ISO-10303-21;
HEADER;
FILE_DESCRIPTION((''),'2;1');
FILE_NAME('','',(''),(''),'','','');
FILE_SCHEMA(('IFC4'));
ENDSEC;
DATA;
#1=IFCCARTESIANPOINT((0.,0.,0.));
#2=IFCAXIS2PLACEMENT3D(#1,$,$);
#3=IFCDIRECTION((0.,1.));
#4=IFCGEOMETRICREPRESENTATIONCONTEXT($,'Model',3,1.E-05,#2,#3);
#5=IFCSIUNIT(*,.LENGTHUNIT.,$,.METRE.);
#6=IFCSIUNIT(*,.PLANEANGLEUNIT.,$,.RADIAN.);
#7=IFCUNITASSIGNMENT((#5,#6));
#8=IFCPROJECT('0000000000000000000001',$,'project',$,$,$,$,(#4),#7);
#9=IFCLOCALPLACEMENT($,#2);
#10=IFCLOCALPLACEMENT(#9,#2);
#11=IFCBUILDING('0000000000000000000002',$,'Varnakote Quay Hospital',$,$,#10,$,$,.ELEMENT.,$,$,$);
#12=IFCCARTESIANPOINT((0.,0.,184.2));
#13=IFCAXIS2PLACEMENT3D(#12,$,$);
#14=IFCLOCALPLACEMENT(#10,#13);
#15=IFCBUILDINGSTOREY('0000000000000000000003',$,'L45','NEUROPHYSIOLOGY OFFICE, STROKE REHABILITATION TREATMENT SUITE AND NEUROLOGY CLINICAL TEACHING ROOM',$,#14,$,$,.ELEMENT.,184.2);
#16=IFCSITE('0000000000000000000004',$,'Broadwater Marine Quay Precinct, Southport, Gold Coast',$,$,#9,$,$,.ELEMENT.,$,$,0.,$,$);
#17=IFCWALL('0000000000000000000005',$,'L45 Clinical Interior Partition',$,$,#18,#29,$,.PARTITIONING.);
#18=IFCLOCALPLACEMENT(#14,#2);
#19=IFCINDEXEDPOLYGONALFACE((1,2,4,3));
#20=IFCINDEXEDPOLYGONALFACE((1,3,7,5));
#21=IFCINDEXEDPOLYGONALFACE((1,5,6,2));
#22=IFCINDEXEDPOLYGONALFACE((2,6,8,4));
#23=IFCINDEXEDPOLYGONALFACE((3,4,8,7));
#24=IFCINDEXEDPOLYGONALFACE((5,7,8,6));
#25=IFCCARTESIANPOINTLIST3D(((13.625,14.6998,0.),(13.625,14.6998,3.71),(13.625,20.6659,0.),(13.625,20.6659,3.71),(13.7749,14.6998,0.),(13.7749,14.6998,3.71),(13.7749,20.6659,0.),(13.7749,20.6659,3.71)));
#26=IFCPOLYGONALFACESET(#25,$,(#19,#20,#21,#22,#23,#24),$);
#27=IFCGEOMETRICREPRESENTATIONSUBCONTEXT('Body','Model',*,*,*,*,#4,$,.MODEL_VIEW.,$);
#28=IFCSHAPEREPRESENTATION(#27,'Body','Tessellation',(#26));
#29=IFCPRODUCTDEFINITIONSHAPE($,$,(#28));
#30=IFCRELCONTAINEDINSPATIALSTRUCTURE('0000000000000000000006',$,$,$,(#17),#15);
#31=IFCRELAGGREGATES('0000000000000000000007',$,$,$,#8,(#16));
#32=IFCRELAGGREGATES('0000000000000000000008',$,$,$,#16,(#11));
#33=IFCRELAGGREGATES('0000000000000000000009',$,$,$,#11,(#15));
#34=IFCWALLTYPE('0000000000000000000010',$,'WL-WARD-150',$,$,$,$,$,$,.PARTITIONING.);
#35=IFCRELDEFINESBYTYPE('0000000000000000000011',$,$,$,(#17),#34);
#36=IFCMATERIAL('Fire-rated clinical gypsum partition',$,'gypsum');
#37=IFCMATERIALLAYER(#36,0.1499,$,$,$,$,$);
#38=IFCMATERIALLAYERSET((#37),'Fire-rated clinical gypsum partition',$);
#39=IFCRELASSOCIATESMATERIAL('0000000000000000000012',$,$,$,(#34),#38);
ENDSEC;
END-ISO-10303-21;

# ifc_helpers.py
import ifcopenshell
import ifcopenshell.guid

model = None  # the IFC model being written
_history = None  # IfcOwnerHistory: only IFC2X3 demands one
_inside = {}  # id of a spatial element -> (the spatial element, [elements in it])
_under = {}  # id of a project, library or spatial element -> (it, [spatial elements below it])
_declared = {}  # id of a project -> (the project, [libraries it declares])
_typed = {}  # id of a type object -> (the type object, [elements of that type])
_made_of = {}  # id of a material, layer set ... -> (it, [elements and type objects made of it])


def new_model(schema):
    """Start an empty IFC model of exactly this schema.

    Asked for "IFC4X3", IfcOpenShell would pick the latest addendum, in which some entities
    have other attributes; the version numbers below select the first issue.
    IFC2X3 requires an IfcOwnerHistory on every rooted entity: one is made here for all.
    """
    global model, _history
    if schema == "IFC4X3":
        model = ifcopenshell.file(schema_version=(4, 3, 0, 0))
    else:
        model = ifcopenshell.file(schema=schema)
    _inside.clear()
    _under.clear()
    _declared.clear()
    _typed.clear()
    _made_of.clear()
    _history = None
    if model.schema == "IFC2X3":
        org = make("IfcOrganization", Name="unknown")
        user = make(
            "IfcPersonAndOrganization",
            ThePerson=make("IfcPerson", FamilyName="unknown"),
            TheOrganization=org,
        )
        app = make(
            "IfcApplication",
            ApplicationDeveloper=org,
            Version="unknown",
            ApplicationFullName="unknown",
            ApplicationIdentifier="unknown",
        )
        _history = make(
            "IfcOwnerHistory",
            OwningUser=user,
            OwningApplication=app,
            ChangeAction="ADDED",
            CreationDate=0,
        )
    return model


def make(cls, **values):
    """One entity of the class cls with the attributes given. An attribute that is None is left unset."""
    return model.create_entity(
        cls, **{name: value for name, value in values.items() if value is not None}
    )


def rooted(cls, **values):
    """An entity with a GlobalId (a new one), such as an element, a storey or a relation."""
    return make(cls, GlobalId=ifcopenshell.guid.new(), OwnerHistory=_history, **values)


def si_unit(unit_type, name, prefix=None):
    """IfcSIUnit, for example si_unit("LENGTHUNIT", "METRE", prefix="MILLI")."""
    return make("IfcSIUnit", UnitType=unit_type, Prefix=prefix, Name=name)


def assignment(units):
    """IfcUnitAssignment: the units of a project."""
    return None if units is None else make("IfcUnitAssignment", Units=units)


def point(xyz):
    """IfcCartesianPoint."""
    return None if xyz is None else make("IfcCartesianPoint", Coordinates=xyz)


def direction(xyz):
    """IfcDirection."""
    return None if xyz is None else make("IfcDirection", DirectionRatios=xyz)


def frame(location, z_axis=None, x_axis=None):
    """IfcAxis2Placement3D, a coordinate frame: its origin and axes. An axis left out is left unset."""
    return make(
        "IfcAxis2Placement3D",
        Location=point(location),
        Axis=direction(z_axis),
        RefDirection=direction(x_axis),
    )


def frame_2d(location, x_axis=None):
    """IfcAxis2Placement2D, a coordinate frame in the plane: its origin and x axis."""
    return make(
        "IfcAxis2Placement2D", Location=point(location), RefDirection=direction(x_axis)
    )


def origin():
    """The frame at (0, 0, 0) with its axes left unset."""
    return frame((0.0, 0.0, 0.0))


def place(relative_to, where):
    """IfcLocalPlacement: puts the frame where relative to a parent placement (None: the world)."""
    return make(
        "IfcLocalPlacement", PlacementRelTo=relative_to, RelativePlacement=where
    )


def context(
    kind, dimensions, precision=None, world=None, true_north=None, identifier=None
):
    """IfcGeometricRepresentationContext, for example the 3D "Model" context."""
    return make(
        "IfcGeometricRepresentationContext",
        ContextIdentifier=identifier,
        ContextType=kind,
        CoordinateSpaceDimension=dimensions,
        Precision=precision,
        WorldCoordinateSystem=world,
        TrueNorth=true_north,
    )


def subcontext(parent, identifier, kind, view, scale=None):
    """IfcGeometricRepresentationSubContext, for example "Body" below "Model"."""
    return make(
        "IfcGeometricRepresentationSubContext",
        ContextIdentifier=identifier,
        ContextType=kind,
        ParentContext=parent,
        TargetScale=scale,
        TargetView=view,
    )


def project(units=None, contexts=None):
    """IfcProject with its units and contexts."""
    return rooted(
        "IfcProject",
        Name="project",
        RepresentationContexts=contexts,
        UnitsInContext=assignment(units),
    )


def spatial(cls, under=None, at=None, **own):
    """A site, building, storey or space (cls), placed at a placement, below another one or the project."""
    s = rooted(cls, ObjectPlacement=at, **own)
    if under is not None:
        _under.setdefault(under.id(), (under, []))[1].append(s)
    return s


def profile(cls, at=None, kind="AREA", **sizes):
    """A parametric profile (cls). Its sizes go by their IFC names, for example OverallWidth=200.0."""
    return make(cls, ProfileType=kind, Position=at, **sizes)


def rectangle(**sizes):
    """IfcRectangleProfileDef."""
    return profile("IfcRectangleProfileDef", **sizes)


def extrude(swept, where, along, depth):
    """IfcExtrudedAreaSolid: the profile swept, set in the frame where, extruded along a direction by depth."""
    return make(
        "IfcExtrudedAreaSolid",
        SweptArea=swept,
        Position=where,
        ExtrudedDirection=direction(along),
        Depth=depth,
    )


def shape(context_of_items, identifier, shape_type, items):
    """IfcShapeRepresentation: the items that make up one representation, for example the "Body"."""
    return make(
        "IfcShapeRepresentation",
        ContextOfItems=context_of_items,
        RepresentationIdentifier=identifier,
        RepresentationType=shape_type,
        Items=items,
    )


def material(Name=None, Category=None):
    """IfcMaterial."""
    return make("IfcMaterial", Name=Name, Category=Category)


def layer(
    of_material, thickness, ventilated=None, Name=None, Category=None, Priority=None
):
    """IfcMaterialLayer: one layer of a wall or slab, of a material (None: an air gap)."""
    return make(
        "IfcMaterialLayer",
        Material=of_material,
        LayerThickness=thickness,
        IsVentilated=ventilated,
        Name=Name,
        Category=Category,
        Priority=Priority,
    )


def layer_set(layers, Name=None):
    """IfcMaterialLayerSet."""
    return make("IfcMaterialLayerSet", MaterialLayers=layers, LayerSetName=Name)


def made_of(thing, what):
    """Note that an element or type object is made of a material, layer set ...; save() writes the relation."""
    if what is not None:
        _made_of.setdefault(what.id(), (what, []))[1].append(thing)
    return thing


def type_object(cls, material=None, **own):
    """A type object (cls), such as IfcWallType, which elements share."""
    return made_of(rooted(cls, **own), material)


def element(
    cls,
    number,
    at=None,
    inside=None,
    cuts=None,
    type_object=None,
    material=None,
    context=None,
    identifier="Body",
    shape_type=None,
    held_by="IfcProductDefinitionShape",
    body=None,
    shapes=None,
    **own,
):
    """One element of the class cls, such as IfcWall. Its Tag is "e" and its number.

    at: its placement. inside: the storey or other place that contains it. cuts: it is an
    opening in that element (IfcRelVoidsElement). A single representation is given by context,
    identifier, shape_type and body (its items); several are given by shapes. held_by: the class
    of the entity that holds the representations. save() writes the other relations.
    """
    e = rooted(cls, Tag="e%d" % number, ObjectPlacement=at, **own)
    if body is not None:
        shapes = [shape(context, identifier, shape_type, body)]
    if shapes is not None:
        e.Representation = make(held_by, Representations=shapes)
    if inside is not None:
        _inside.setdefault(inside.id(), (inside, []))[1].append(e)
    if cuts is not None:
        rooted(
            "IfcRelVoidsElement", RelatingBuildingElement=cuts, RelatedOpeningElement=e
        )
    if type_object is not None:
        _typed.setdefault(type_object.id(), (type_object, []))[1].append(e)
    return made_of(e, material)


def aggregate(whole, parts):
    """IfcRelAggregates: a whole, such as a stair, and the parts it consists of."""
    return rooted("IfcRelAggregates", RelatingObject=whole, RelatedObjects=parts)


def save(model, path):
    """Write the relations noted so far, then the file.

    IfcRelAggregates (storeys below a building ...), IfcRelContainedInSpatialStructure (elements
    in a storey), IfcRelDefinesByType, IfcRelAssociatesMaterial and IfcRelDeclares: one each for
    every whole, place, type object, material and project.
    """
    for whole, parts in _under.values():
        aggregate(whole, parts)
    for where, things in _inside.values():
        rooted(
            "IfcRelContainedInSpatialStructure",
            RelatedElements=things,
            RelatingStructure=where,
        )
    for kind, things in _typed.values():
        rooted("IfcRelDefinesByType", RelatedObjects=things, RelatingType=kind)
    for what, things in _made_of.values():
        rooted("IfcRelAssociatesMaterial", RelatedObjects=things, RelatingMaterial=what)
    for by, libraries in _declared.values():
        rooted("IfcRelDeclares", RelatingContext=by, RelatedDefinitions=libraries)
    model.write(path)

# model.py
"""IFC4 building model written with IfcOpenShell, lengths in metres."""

from ifc_helpers import new_model, si_unit, direction, frame, frame_2d, origin, place, context, subcontext, project, spatial, rectangle, extrude, material, layer, layer_set, type_object, element, save


model = new_model("IFC4")

# Units and contexts
model_context = context("Model", 3, precision=1e-05, world=origin(), true_north=direction((0.0, 1.0)))
body_context = subcontext(model_context, "Body", "Model", "MODEL_VIEW")
ifc_project = project(units=[si_unit("LENGTHUNIT", "METRE"), si_unit("PLANEANGLEUNIT", "RADIAN")], contexts=[model_context])

# Site, building, storey
site_placement = place(None, origin())
site = spatial("IfcSite", under=ifc_project, at=site_placement, Name="Broadwater Marine Quay Precinct, Southport, Gold Coast", CompositionType="ELEMENT", RefElevation=0.0)
building_placement = place(site_placement, origin())
building = spatial("IfcBuilding", under=site, at=building_placement, Name="Varnakote Quay Hospital", CompositionType="ELEMENT")
storey_placement = place(building_placement, frame((0.0, 0.0, 184.2)))
storey = spatial("IfcBuildingStorey", under=building, at=storey_placement, Name="L45", Description="NEUROPHYSIOLOGY OFFICE, STROKE REHABILITATION TREATMENT SUITE AND NEUROLOGY CLINICAL TEACHING ROOM", CompositionType="ELEMENT", Elevation=184.2)

# Shared definitions
ifc_material_1 = material(Name="Fire-rated clinical gypsum partition", Category="gypsum")
ifc_layer_1 = layer(ifc_material_1, 0.1499)
ifc_layer_set_1 = layer_set([ifc_layer_1], Name="Fire-rated clinical gypsum partition")
wall_type_1 = type_object("IfcWallType", Name="WL-WARD-150", PredefinedType="PARTITIONING", material=ifc_layer_set_1)

# Wall
wall_1_placement = place(storey_placement, frame((13.7, 14.7, 0.0), z_axis=(0.0, 0.0, 1.0), x_axis=(0.0, 1.0, 0.0)))
element("IfcWall", 1, at=wall_1_placement, inside=storey, type_object=wall_type_1, Name="L45 Clinical Interior Partition", PredefinedType="PARTITIONING", context=body_context, shape_type="SweptSolid", body=[
    extrude(rectangle(XDim=5.9661, YDim=0.1499, at=frame_2d((2.9829, 0.0))), origin(), (0.0, 0.0, 1.0), 3.71),
])

save(model, "model.ifc")
